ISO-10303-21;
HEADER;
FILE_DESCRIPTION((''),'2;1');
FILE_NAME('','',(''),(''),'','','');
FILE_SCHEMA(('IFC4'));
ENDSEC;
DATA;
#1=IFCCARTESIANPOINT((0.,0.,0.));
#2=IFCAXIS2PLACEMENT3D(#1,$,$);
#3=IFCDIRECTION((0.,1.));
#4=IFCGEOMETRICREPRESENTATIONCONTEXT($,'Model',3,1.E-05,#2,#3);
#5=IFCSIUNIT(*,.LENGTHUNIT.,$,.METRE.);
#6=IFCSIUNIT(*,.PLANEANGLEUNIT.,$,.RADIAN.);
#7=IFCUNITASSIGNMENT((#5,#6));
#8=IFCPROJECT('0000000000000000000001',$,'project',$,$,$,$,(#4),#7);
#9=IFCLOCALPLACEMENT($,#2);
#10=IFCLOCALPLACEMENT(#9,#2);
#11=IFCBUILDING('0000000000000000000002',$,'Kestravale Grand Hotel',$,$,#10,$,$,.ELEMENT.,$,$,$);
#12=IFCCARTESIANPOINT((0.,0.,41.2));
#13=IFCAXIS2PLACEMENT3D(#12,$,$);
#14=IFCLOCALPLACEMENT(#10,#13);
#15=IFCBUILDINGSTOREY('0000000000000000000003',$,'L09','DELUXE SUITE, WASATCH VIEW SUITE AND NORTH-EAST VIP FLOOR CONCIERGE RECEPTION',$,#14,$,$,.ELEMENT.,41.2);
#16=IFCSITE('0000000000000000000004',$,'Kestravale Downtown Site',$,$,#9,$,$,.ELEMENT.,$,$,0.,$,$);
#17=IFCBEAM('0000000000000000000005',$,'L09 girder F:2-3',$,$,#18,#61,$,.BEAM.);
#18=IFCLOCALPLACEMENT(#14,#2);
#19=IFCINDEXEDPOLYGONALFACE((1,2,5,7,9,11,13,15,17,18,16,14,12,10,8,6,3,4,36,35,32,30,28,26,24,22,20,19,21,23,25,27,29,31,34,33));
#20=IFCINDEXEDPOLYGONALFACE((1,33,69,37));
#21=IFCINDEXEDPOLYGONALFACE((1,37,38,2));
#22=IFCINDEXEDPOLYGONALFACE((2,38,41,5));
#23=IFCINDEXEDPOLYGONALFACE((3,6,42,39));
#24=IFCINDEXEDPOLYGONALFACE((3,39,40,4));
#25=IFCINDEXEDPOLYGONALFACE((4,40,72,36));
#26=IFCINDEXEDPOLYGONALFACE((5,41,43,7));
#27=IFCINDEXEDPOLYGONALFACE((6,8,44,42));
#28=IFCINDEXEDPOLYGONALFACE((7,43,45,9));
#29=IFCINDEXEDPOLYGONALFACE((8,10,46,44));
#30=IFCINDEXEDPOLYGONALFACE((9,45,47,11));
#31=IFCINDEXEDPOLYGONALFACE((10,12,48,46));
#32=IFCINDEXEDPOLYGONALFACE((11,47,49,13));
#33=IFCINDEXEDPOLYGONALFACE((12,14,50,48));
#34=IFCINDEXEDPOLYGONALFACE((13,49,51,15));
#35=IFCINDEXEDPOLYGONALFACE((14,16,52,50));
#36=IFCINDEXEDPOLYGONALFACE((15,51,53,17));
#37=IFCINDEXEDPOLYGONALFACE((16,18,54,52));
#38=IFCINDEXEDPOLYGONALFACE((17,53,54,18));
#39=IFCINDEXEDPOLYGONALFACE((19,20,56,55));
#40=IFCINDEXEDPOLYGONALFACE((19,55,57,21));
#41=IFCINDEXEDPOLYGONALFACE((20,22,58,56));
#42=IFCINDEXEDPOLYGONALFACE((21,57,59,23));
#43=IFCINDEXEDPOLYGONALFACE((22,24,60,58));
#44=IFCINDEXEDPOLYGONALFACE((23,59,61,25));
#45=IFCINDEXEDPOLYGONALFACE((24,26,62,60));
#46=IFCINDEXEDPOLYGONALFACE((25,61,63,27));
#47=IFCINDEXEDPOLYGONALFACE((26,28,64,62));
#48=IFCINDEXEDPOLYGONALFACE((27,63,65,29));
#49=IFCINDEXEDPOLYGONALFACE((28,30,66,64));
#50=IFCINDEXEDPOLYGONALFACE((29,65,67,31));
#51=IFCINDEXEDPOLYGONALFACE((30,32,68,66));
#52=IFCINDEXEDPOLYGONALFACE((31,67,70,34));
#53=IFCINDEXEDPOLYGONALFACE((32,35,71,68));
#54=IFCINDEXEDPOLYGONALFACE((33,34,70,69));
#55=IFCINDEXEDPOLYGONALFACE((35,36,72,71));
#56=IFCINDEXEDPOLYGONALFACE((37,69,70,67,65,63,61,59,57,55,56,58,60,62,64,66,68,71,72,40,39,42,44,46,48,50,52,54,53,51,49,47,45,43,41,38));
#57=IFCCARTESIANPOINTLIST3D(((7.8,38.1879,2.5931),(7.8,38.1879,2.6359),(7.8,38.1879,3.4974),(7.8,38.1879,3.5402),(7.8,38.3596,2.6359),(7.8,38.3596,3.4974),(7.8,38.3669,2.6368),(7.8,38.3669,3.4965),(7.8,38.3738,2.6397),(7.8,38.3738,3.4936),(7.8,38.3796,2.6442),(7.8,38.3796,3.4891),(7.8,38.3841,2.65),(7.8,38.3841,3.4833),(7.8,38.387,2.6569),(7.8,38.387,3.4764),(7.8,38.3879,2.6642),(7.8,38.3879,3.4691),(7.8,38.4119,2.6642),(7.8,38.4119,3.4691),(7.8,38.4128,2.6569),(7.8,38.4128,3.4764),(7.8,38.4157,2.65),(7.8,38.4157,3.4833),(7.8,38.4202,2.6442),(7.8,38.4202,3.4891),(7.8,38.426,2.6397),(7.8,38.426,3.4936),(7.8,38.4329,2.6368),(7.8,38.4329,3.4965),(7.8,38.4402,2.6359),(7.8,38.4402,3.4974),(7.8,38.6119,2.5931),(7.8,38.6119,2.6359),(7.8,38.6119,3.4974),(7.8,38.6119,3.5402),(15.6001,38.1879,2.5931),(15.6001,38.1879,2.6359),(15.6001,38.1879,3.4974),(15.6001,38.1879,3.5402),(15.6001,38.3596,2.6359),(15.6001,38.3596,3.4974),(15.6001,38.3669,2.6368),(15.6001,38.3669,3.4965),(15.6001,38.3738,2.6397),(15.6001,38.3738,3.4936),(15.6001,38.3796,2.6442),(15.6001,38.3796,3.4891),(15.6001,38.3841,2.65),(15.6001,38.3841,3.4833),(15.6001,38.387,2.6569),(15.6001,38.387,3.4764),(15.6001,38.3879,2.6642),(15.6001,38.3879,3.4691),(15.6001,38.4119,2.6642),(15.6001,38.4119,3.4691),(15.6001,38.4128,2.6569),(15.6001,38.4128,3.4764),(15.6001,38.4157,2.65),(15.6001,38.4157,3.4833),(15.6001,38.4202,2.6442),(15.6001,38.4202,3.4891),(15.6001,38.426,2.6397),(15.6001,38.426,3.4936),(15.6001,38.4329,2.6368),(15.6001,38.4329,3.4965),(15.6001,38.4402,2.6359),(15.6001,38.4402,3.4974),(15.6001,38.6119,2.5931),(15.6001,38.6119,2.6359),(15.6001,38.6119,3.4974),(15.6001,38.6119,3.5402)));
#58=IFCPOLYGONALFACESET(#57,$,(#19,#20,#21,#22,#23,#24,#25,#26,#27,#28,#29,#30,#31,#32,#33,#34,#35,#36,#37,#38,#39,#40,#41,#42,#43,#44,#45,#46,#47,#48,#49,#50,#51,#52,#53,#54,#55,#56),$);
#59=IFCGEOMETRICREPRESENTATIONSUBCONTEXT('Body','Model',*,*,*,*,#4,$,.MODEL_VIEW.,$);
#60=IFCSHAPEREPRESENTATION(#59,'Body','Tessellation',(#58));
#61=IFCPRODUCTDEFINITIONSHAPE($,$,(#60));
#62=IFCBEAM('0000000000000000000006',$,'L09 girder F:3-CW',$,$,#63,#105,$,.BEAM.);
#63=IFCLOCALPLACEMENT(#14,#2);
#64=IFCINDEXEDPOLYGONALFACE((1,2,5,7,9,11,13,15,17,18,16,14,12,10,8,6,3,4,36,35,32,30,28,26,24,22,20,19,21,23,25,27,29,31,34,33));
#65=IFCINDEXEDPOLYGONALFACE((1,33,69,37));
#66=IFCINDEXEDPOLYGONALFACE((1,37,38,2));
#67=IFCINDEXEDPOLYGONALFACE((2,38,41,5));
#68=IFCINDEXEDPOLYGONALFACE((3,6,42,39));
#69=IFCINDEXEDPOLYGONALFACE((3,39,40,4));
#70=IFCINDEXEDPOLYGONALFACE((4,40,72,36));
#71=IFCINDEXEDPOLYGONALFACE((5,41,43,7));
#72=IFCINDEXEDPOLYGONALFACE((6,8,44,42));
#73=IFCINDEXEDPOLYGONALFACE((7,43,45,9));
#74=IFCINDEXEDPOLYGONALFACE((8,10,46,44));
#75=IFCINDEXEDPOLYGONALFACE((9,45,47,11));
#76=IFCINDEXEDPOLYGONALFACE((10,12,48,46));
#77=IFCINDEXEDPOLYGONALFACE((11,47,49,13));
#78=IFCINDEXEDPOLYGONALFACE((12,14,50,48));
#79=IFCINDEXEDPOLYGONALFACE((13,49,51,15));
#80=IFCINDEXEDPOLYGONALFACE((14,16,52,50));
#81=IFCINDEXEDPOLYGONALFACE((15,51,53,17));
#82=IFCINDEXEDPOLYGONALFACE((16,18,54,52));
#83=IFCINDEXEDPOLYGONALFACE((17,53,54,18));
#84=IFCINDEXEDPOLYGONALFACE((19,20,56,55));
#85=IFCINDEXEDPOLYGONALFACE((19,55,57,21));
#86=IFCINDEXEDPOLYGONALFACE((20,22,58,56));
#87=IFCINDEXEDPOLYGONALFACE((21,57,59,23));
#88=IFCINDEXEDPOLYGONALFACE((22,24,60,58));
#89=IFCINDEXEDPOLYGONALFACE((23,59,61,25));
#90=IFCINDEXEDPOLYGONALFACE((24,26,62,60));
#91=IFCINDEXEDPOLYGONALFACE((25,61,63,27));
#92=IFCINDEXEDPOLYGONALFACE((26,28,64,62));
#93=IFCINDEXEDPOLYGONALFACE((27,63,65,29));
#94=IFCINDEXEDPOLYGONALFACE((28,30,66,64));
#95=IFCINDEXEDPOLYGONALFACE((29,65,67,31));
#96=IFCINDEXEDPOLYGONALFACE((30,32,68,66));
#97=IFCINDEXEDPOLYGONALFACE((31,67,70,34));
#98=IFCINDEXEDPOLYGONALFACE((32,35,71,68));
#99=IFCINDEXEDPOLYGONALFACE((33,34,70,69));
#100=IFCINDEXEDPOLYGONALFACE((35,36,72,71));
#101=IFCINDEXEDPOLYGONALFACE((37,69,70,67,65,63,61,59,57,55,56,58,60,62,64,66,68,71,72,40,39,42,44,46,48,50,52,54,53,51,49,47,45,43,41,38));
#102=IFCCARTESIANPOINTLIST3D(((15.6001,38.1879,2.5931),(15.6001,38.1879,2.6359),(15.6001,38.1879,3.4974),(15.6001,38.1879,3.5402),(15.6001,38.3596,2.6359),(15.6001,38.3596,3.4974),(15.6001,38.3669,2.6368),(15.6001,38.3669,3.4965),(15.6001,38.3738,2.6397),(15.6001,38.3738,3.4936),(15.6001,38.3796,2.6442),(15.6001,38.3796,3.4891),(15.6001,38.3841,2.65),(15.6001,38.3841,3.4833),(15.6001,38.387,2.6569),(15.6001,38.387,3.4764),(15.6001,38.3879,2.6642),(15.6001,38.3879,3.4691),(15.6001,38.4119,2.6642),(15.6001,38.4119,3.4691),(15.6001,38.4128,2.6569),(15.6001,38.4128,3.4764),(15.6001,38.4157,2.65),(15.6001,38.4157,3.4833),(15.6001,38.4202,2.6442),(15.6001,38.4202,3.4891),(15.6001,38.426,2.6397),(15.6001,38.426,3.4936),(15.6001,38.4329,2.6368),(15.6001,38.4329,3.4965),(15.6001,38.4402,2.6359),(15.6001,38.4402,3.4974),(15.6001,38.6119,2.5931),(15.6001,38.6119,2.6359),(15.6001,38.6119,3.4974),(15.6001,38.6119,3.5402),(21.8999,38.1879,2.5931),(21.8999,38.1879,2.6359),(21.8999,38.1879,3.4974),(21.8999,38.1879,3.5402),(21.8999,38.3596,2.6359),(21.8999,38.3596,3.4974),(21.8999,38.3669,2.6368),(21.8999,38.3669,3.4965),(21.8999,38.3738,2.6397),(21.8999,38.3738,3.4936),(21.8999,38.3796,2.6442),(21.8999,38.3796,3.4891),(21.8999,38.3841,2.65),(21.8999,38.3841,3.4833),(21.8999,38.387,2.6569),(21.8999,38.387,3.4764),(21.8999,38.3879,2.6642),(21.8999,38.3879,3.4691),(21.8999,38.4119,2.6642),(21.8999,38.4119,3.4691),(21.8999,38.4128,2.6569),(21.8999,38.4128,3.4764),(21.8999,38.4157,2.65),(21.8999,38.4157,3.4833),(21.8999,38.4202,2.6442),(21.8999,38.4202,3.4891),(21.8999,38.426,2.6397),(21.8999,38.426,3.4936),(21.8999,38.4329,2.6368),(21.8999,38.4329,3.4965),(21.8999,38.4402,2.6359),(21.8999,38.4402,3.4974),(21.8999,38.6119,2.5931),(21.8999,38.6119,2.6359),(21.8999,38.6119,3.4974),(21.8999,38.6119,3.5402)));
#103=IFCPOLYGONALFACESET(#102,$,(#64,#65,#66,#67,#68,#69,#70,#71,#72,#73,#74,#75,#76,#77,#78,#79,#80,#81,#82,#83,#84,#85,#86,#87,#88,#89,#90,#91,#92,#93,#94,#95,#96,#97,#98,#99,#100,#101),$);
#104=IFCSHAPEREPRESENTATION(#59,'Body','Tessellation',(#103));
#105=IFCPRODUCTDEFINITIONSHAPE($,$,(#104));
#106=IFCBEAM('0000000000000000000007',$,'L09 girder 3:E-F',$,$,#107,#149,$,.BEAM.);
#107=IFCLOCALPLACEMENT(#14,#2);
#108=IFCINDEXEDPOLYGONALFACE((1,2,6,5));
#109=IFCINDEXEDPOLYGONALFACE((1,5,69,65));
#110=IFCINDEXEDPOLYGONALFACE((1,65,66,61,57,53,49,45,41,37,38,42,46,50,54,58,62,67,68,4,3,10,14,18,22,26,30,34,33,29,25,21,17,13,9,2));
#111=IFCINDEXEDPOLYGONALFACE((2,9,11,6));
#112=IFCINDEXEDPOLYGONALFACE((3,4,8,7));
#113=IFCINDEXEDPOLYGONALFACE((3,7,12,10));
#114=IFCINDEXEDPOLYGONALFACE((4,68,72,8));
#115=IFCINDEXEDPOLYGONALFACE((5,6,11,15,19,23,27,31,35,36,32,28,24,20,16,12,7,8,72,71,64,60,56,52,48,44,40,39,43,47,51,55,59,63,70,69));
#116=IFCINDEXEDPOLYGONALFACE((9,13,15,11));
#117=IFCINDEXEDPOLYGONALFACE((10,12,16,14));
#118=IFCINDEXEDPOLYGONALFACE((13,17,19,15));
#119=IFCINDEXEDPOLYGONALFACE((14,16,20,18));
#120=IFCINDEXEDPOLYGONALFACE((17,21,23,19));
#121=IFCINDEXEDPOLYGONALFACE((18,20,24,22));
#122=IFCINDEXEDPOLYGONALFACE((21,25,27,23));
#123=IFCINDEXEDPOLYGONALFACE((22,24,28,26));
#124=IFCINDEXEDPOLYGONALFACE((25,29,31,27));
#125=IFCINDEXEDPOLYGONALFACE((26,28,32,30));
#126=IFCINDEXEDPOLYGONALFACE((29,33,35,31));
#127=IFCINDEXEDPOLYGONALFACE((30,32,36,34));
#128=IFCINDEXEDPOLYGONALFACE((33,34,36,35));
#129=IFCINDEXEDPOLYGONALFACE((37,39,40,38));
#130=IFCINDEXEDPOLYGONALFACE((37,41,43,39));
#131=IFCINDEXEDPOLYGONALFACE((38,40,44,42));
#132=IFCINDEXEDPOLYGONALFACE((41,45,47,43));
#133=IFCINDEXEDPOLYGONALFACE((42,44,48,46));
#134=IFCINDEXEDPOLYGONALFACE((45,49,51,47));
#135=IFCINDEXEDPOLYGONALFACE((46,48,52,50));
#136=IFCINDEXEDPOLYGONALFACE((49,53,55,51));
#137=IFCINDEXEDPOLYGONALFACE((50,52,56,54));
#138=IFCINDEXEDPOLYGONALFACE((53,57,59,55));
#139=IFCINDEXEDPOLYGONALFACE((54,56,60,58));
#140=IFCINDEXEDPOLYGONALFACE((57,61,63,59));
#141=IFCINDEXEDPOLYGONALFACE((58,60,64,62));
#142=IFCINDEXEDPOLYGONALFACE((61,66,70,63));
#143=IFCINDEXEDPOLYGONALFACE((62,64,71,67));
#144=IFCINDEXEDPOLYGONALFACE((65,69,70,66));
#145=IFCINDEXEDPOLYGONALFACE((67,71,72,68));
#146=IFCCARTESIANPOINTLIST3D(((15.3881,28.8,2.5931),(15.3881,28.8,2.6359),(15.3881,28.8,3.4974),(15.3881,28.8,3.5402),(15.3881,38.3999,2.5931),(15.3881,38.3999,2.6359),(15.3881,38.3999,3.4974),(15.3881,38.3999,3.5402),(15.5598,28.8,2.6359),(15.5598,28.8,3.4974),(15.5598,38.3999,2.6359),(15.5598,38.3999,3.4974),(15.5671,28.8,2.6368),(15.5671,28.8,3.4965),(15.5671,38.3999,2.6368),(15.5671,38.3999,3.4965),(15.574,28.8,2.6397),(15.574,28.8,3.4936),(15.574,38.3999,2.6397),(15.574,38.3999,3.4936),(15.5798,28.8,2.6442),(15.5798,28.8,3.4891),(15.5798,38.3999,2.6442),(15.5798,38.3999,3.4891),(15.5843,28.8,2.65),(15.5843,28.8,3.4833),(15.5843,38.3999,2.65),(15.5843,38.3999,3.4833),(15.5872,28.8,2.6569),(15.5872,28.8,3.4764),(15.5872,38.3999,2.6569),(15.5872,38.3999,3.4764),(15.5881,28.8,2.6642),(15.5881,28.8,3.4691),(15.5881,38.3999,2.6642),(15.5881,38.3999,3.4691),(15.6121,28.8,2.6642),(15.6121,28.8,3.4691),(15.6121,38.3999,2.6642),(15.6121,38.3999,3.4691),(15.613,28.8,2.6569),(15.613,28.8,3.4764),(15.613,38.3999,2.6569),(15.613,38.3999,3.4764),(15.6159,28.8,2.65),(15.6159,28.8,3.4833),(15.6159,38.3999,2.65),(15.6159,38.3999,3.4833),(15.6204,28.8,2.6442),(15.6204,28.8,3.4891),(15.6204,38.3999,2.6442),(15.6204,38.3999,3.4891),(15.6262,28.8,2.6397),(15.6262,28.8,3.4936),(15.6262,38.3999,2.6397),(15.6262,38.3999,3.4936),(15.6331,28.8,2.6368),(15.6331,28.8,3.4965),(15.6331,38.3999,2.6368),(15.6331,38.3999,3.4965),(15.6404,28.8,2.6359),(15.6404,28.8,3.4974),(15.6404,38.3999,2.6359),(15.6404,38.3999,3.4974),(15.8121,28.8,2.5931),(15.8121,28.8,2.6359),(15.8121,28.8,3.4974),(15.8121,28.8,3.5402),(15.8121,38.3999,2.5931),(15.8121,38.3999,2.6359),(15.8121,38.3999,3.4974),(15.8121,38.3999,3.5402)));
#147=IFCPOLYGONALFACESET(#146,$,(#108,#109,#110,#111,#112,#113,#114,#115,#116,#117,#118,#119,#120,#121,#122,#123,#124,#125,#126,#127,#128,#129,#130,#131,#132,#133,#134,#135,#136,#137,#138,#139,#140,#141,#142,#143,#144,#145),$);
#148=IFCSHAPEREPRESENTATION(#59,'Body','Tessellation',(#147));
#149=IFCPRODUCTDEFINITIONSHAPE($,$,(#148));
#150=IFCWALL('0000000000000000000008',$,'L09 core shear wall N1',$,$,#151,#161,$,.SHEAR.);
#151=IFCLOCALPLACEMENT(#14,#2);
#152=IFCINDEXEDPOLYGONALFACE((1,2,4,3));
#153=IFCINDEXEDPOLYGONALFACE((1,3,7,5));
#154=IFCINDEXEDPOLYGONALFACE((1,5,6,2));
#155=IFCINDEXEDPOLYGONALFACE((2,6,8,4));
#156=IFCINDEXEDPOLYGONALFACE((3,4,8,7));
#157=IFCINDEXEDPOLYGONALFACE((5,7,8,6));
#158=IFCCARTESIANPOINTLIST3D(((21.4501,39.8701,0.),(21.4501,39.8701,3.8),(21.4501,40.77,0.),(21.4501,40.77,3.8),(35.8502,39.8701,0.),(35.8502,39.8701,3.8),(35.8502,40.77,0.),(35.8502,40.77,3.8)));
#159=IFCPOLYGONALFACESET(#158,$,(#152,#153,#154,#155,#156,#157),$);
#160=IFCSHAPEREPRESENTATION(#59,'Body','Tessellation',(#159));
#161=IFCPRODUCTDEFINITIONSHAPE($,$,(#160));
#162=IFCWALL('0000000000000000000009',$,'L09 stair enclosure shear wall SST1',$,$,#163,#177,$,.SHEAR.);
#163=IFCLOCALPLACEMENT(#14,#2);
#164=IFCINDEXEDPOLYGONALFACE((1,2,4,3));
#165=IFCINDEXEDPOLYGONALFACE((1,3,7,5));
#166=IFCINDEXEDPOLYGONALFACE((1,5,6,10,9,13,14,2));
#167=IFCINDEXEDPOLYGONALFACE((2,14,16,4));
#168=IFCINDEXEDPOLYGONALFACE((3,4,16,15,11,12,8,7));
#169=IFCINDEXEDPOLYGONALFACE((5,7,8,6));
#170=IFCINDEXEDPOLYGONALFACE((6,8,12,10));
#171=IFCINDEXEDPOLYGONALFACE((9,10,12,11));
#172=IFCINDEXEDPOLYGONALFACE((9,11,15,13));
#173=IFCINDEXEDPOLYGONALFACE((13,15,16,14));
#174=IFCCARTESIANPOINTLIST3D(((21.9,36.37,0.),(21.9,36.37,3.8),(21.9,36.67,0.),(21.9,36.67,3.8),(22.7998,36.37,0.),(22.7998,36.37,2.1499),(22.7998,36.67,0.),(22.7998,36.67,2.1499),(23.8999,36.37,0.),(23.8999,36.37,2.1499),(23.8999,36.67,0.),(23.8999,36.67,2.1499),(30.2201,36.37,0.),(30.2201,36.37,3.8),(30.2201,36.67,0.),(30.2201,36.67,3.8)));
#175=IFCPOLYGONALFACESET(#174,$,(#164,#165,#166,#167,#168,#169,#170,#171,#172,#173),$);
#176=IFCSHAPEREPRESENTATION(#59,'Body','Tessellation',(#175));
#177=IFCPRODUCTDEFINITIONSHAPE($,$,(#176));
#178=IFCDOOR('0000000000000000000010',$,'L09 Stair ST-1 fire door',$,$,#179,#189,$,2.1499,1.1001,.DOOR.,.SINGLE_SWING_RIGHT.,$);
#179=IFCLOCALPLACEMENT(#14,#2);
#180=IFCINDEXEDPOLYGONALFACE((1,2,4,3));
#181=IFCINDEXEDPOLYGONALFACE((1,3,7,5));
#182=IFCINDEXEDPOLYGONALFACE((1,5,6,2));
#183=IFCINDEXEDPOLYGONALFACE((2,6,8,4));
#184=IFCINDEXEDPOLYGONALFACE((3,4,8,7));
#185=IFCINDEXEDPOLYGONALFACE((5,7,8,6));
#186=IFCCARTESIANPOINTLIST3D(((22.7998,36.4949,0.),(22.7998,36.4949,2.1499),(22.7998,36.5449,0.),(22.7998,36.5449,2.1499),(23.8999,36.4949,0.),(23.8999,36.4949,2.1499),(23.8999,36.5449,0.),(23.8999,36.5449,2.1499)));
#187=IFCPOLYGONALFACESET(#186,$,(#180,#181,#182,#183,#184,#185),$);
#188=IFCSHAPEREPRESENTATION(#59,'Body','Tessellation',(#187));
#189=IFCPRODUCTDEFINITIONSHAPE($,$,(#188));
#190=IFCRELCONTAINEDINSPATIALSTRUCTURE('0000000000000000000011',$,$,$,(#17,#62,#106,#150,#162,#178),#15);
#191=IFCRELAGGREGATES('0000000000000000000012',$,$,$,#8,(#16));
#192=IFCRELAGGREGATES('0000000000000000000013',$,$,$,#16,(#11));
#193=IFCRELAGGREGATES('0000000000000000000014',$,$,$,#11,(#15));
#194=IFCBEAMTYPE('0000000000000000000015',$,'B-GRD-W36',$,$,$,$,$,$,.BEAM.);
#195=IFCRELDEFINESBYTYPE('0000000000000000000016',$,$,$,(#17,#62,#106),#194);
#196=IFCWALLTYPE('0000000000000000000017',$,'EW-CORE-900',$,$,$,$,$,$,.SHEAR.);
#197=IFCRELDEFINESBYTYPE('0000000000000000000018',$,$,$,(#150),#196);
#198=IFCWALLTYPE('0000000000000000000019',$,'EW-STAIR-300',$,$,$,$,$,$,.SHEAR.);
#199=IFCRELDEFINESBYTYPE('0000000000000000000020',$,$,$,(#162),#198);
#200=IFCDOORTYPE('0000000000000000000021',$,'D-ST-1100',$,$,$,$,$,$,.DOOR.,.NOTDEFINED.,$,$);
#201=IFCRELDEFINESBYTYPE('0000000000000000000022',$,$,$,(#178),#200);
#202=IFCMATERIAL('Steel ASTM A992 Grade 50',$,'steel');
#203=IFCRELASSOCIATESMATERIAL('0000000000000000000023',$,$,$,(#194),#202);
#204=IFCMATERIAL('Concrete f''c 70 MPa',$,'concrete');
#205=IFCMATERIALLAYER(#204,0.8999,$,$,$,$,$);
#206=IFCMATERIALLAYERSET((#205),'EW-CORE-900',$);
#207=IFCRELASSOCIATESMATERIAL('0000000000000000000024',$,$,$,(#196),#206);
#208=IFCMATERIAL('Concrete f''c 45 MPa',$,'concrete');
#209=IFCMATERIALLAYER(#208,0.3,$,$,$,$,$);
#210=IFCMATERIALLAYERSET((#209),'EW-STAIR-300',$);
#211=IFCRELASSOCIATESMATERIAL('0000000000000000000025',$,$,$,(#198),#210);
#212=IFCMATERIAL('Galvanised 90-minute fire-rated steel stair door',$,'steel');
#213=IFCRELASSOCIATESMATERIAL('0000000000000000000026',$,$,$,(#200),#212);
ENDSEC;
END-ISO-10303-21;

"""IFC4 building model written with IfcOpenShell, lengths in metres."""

from ifc_helpers import new_model, si_unit, direction, frame, frame_2d, origin, origin_2d, place, context, subcontext, project, spatial, rectangle, i_section, extrude, material, layer, layer_set, material_profile, profile_set, type_object, element, fill, save


model = new_model("IFC4")

# Units and contexts
model_context = context("Model", 3, precision=1e-05, world=origin(), true_north=direction((0.0, 1.0)))
body_context = subcontext(model_context, "Body", "Model", "MODEL_VIEW")
ifc_project = project(units=[si_unit("LENGTHUNIT", "METRE"), si_unit("PLANEANGLEUNIT", "RADIAN")], contexts=[model_context])

# Site, building, storey
site_placement = place(None, origin())
site = spatial("IfcSite", under=ifc_project, at=site_placement, Name="Kestravale Downtown Site", CompositionType="ELEMENT", RefElevation=0.0)
building_placement = place(site_placement, origin())
building = spatial("IfcBuilding", under=site, at=building_placement, Name="Kestravale Grand Hotel", CompositionType="ELEMENT")
storey_placement = place(building_placement, frame((0.0, 0.0, 41.2)))
storey = spatial("IfcBuildingStorey", under=building, at=storey_placement, Name="L09", Description="DELUXE SUITE, WASATCH VIEW SUITE AND NORTH-EAST VIP FLOOR CONCIERGE RECEPTION", CompositionType="ELEMENT", Elevation=41.2)

# Beams
ifc_material_1 = material(Name="Steel ASTM A992 Grade 50", Category="steel")
ifc_material_profile_1 = material_profile(ifc_material_1, i_section(OverallWidth=0.4241, OverallDepth=0.947, WebThickness=0.0239, FlangeThickness=0.0427, FilletRadius=0.0283, at=origin_2d()))
ifc_profile_set_1 = profile_set([ifc_material_profile_1], Name="Steel ASTM A992 Grade 50")
beam_type_1 = type_object("IfcBeamType", Name="B-GRD-W36", PredefinedType="BEAM", material=ifc_profile_set_1)
beam_1_placement = place(storey_placement, frame((7.8, 38.3999, 3.0667), z_axis=(1.0, 0.0, 0.0), x_axis=(0.0, 1.0, 0.0)))
element("IfcBeam", 1, at=beam_1_placement, inside=storey, type_object=beam_type_1, Name="L09 girder F:2-3", PredefinedType="BEAM", context=body_context, shape_type="SweptSolid", body=[
    extrude(i_section(OverallWidth=0.4241, OverallDepth=0.947, WebThickness=0.0239, FlangeThickness=0.0427, FilletRadius=0.0283, at=origin_2d()), origin(), (0.0, 0.0, 1.0), 7.8),
])
beam_2_placement = place(storey_placement, frame((15.6001, 38.3999, 3.0667), z_axis=(1.0, 0.0, 0.0), x_axis=(0.0, 1.0, 0.0)))
element("IfcBeam", 2, at=beam_2_placement, inside=storey, type_object=beam_type_1, Name="L09 girder F:3-CW", PredefinedType="BEAM", context=body_context, shape_type="SweptSolid", body=[
    extrude(i_section(OverallWidth=0.4241, OverallDepth=0.947, WebThickness=0.0239, FlangeThickness=0.0427, FilletRadius=0.0283, at=origin_2d()), origin(), (0.0, 0.0, 1.0), 6.2998),
])
beam_3_placement = place(storey_placement, frame((15.6001, 28.8, 3.0667), z_axis=(0.0, 1.0, 0.0), x_axis=(-1.0, 0.0, 0.0)))
element("IfcBeam", 3, at=beam_3_placement, inside=storey, type_object=beam_type_1, Name="L09 girder 3:E-F", PredefinedType="BEAM", context=body_context, shape_type="SweptSolid", body=[
    extrude(i_section(OverallWidth=0.4241, OverallDepth=0.947, WebThickness=0.0239, FlangeThickness=0.0427, FilletRadius=0.0283, at=origin_2d()), origin(), (0.0, 0.0, 1.0), 9.5999),
])

# Wall
ifc_material_2 = material(Name="Concrete f'c 70 MPa", Category="concrete")
ifc_layer_1 = layer(ifc_material_2, 0.8999)
ifc_layer_set_1 = layer_set([ifc_layer_1], Name="EW-CORE-900")
wall_type_1 = type_object("IfcWallType", Name="EW-CORE-900", PredefinedType="SHEAR", material=ifc_layer_set_1)
wall_1_placement = place(storey_placement, frame((21.45, 40.3201, 0.0), z_axis=(0.0, 0.0, 1.0), x_axis=(1.0, 0.0, 0.0)))
element("IfcWall", 4, at=wall_1_placement, inside=storey, type_object=wall_type_1, Name="L09 core shear wall N1", PredefinedType="SHEAR", context=body_context, shape_type="SweptSolid", body=[
    extrude(rectangle(XDim=14.4001, YDim=0.8999, at=frame_2d((7.2002, 0.0))), origin(), (0.0, 0.0, 1.0), 3.8),
])

# Wall, opening, door
ifc_material_3 = material(Name="Concrete f'c 45 MPa", Category="concrete")
ifc_layer_2 = layer(ifc_material_3, 0.3)
ifc_layer_set_2 = layer_set([ifc_layer_2], Name="EW-STAIR-300")
wall_type_2 = type_object("IfcWallType", Name="EW-STAIR-300", PredefinedType="SHEAR", material=ifc_layer_set_2)
wall_2_placement = place(storey_placement, frame((21.8999, 36.52, 0.0), z_axis=(0.0, 0.0, 1.0), x_axis=(1.0, 0.0, 0.0)))
wall_2 = element("IfcWall", 5, at=wall_2_placement, inside=storey, type_object=wall_type_2, Name="L09 stair enclosure shear wall SST1", PredefinedType="SHEAR", context=body_context, shape_type="SweptSolid", body=[
    extrude(rectangle(XDim=8.3201, YDim=0.3, at=frame_2d((4.1602, 0.0))), origin(), (0.0, 0.0, 1.0), 3.8),
])
opening_1_placement = place(wall_2_placement, frame((0.8999, 0.0, 0.0)))
opening_1 = element("IfcOpeningElement", 6, at=opening_1_placement, cuts=wall_2, PredefinedType="OPENING", context=body_context, shape_type="SweptSolid", body=[
    extrude(rectangle(XDim=1.1001, YDim=2.1499, at=frame_2d((0.55, 1.075))), frame((0.0, 0.1599, 0.0), z_axis=(0.0, -1.0, 0.0), x_axis=(1.0, 0.0, 0.0)), (0.0, 0.0, 1.0), 0.3201),
])
ifc_material_4 = material(Name="Galvanised 90-minute fire-rated steel stair door", Category="steel")
door_type_1 = type_object("IfcDoorType", Name="D-ST-1100", OperationType="NOTDEFINED", PredefinedType="DOOR", material=ifc_material_4)
door_1_placement = place(opening_1_placement, origin())
door_1 = element("IfcDoor", 7, at=door_1_placement, inside=storey, type_object=door_type_1, Name="L09 Stair ST-1 fire door", OperationType="SINGLE_SWING_RIGHT", OverallHeight=2.1499, OverallWidth=1.1001, PredefinedType="DOOR", context=body_context, shape_type="SweptSolid", body=[
    extrude(rectangle(XDim=1.1001, YDim=2.1499, at=frame_2d((0.55, 1.075))), frame((0.0, 0.0249, 0.0), z_axis=(0.0, -1.0, 0.0), x_axis=(1.0, 0.0, 0.0)), (0.0, 0.0, 1.0), 0.05),
])
fill(opening_1, door_1)

save(model, "model.ifc")
